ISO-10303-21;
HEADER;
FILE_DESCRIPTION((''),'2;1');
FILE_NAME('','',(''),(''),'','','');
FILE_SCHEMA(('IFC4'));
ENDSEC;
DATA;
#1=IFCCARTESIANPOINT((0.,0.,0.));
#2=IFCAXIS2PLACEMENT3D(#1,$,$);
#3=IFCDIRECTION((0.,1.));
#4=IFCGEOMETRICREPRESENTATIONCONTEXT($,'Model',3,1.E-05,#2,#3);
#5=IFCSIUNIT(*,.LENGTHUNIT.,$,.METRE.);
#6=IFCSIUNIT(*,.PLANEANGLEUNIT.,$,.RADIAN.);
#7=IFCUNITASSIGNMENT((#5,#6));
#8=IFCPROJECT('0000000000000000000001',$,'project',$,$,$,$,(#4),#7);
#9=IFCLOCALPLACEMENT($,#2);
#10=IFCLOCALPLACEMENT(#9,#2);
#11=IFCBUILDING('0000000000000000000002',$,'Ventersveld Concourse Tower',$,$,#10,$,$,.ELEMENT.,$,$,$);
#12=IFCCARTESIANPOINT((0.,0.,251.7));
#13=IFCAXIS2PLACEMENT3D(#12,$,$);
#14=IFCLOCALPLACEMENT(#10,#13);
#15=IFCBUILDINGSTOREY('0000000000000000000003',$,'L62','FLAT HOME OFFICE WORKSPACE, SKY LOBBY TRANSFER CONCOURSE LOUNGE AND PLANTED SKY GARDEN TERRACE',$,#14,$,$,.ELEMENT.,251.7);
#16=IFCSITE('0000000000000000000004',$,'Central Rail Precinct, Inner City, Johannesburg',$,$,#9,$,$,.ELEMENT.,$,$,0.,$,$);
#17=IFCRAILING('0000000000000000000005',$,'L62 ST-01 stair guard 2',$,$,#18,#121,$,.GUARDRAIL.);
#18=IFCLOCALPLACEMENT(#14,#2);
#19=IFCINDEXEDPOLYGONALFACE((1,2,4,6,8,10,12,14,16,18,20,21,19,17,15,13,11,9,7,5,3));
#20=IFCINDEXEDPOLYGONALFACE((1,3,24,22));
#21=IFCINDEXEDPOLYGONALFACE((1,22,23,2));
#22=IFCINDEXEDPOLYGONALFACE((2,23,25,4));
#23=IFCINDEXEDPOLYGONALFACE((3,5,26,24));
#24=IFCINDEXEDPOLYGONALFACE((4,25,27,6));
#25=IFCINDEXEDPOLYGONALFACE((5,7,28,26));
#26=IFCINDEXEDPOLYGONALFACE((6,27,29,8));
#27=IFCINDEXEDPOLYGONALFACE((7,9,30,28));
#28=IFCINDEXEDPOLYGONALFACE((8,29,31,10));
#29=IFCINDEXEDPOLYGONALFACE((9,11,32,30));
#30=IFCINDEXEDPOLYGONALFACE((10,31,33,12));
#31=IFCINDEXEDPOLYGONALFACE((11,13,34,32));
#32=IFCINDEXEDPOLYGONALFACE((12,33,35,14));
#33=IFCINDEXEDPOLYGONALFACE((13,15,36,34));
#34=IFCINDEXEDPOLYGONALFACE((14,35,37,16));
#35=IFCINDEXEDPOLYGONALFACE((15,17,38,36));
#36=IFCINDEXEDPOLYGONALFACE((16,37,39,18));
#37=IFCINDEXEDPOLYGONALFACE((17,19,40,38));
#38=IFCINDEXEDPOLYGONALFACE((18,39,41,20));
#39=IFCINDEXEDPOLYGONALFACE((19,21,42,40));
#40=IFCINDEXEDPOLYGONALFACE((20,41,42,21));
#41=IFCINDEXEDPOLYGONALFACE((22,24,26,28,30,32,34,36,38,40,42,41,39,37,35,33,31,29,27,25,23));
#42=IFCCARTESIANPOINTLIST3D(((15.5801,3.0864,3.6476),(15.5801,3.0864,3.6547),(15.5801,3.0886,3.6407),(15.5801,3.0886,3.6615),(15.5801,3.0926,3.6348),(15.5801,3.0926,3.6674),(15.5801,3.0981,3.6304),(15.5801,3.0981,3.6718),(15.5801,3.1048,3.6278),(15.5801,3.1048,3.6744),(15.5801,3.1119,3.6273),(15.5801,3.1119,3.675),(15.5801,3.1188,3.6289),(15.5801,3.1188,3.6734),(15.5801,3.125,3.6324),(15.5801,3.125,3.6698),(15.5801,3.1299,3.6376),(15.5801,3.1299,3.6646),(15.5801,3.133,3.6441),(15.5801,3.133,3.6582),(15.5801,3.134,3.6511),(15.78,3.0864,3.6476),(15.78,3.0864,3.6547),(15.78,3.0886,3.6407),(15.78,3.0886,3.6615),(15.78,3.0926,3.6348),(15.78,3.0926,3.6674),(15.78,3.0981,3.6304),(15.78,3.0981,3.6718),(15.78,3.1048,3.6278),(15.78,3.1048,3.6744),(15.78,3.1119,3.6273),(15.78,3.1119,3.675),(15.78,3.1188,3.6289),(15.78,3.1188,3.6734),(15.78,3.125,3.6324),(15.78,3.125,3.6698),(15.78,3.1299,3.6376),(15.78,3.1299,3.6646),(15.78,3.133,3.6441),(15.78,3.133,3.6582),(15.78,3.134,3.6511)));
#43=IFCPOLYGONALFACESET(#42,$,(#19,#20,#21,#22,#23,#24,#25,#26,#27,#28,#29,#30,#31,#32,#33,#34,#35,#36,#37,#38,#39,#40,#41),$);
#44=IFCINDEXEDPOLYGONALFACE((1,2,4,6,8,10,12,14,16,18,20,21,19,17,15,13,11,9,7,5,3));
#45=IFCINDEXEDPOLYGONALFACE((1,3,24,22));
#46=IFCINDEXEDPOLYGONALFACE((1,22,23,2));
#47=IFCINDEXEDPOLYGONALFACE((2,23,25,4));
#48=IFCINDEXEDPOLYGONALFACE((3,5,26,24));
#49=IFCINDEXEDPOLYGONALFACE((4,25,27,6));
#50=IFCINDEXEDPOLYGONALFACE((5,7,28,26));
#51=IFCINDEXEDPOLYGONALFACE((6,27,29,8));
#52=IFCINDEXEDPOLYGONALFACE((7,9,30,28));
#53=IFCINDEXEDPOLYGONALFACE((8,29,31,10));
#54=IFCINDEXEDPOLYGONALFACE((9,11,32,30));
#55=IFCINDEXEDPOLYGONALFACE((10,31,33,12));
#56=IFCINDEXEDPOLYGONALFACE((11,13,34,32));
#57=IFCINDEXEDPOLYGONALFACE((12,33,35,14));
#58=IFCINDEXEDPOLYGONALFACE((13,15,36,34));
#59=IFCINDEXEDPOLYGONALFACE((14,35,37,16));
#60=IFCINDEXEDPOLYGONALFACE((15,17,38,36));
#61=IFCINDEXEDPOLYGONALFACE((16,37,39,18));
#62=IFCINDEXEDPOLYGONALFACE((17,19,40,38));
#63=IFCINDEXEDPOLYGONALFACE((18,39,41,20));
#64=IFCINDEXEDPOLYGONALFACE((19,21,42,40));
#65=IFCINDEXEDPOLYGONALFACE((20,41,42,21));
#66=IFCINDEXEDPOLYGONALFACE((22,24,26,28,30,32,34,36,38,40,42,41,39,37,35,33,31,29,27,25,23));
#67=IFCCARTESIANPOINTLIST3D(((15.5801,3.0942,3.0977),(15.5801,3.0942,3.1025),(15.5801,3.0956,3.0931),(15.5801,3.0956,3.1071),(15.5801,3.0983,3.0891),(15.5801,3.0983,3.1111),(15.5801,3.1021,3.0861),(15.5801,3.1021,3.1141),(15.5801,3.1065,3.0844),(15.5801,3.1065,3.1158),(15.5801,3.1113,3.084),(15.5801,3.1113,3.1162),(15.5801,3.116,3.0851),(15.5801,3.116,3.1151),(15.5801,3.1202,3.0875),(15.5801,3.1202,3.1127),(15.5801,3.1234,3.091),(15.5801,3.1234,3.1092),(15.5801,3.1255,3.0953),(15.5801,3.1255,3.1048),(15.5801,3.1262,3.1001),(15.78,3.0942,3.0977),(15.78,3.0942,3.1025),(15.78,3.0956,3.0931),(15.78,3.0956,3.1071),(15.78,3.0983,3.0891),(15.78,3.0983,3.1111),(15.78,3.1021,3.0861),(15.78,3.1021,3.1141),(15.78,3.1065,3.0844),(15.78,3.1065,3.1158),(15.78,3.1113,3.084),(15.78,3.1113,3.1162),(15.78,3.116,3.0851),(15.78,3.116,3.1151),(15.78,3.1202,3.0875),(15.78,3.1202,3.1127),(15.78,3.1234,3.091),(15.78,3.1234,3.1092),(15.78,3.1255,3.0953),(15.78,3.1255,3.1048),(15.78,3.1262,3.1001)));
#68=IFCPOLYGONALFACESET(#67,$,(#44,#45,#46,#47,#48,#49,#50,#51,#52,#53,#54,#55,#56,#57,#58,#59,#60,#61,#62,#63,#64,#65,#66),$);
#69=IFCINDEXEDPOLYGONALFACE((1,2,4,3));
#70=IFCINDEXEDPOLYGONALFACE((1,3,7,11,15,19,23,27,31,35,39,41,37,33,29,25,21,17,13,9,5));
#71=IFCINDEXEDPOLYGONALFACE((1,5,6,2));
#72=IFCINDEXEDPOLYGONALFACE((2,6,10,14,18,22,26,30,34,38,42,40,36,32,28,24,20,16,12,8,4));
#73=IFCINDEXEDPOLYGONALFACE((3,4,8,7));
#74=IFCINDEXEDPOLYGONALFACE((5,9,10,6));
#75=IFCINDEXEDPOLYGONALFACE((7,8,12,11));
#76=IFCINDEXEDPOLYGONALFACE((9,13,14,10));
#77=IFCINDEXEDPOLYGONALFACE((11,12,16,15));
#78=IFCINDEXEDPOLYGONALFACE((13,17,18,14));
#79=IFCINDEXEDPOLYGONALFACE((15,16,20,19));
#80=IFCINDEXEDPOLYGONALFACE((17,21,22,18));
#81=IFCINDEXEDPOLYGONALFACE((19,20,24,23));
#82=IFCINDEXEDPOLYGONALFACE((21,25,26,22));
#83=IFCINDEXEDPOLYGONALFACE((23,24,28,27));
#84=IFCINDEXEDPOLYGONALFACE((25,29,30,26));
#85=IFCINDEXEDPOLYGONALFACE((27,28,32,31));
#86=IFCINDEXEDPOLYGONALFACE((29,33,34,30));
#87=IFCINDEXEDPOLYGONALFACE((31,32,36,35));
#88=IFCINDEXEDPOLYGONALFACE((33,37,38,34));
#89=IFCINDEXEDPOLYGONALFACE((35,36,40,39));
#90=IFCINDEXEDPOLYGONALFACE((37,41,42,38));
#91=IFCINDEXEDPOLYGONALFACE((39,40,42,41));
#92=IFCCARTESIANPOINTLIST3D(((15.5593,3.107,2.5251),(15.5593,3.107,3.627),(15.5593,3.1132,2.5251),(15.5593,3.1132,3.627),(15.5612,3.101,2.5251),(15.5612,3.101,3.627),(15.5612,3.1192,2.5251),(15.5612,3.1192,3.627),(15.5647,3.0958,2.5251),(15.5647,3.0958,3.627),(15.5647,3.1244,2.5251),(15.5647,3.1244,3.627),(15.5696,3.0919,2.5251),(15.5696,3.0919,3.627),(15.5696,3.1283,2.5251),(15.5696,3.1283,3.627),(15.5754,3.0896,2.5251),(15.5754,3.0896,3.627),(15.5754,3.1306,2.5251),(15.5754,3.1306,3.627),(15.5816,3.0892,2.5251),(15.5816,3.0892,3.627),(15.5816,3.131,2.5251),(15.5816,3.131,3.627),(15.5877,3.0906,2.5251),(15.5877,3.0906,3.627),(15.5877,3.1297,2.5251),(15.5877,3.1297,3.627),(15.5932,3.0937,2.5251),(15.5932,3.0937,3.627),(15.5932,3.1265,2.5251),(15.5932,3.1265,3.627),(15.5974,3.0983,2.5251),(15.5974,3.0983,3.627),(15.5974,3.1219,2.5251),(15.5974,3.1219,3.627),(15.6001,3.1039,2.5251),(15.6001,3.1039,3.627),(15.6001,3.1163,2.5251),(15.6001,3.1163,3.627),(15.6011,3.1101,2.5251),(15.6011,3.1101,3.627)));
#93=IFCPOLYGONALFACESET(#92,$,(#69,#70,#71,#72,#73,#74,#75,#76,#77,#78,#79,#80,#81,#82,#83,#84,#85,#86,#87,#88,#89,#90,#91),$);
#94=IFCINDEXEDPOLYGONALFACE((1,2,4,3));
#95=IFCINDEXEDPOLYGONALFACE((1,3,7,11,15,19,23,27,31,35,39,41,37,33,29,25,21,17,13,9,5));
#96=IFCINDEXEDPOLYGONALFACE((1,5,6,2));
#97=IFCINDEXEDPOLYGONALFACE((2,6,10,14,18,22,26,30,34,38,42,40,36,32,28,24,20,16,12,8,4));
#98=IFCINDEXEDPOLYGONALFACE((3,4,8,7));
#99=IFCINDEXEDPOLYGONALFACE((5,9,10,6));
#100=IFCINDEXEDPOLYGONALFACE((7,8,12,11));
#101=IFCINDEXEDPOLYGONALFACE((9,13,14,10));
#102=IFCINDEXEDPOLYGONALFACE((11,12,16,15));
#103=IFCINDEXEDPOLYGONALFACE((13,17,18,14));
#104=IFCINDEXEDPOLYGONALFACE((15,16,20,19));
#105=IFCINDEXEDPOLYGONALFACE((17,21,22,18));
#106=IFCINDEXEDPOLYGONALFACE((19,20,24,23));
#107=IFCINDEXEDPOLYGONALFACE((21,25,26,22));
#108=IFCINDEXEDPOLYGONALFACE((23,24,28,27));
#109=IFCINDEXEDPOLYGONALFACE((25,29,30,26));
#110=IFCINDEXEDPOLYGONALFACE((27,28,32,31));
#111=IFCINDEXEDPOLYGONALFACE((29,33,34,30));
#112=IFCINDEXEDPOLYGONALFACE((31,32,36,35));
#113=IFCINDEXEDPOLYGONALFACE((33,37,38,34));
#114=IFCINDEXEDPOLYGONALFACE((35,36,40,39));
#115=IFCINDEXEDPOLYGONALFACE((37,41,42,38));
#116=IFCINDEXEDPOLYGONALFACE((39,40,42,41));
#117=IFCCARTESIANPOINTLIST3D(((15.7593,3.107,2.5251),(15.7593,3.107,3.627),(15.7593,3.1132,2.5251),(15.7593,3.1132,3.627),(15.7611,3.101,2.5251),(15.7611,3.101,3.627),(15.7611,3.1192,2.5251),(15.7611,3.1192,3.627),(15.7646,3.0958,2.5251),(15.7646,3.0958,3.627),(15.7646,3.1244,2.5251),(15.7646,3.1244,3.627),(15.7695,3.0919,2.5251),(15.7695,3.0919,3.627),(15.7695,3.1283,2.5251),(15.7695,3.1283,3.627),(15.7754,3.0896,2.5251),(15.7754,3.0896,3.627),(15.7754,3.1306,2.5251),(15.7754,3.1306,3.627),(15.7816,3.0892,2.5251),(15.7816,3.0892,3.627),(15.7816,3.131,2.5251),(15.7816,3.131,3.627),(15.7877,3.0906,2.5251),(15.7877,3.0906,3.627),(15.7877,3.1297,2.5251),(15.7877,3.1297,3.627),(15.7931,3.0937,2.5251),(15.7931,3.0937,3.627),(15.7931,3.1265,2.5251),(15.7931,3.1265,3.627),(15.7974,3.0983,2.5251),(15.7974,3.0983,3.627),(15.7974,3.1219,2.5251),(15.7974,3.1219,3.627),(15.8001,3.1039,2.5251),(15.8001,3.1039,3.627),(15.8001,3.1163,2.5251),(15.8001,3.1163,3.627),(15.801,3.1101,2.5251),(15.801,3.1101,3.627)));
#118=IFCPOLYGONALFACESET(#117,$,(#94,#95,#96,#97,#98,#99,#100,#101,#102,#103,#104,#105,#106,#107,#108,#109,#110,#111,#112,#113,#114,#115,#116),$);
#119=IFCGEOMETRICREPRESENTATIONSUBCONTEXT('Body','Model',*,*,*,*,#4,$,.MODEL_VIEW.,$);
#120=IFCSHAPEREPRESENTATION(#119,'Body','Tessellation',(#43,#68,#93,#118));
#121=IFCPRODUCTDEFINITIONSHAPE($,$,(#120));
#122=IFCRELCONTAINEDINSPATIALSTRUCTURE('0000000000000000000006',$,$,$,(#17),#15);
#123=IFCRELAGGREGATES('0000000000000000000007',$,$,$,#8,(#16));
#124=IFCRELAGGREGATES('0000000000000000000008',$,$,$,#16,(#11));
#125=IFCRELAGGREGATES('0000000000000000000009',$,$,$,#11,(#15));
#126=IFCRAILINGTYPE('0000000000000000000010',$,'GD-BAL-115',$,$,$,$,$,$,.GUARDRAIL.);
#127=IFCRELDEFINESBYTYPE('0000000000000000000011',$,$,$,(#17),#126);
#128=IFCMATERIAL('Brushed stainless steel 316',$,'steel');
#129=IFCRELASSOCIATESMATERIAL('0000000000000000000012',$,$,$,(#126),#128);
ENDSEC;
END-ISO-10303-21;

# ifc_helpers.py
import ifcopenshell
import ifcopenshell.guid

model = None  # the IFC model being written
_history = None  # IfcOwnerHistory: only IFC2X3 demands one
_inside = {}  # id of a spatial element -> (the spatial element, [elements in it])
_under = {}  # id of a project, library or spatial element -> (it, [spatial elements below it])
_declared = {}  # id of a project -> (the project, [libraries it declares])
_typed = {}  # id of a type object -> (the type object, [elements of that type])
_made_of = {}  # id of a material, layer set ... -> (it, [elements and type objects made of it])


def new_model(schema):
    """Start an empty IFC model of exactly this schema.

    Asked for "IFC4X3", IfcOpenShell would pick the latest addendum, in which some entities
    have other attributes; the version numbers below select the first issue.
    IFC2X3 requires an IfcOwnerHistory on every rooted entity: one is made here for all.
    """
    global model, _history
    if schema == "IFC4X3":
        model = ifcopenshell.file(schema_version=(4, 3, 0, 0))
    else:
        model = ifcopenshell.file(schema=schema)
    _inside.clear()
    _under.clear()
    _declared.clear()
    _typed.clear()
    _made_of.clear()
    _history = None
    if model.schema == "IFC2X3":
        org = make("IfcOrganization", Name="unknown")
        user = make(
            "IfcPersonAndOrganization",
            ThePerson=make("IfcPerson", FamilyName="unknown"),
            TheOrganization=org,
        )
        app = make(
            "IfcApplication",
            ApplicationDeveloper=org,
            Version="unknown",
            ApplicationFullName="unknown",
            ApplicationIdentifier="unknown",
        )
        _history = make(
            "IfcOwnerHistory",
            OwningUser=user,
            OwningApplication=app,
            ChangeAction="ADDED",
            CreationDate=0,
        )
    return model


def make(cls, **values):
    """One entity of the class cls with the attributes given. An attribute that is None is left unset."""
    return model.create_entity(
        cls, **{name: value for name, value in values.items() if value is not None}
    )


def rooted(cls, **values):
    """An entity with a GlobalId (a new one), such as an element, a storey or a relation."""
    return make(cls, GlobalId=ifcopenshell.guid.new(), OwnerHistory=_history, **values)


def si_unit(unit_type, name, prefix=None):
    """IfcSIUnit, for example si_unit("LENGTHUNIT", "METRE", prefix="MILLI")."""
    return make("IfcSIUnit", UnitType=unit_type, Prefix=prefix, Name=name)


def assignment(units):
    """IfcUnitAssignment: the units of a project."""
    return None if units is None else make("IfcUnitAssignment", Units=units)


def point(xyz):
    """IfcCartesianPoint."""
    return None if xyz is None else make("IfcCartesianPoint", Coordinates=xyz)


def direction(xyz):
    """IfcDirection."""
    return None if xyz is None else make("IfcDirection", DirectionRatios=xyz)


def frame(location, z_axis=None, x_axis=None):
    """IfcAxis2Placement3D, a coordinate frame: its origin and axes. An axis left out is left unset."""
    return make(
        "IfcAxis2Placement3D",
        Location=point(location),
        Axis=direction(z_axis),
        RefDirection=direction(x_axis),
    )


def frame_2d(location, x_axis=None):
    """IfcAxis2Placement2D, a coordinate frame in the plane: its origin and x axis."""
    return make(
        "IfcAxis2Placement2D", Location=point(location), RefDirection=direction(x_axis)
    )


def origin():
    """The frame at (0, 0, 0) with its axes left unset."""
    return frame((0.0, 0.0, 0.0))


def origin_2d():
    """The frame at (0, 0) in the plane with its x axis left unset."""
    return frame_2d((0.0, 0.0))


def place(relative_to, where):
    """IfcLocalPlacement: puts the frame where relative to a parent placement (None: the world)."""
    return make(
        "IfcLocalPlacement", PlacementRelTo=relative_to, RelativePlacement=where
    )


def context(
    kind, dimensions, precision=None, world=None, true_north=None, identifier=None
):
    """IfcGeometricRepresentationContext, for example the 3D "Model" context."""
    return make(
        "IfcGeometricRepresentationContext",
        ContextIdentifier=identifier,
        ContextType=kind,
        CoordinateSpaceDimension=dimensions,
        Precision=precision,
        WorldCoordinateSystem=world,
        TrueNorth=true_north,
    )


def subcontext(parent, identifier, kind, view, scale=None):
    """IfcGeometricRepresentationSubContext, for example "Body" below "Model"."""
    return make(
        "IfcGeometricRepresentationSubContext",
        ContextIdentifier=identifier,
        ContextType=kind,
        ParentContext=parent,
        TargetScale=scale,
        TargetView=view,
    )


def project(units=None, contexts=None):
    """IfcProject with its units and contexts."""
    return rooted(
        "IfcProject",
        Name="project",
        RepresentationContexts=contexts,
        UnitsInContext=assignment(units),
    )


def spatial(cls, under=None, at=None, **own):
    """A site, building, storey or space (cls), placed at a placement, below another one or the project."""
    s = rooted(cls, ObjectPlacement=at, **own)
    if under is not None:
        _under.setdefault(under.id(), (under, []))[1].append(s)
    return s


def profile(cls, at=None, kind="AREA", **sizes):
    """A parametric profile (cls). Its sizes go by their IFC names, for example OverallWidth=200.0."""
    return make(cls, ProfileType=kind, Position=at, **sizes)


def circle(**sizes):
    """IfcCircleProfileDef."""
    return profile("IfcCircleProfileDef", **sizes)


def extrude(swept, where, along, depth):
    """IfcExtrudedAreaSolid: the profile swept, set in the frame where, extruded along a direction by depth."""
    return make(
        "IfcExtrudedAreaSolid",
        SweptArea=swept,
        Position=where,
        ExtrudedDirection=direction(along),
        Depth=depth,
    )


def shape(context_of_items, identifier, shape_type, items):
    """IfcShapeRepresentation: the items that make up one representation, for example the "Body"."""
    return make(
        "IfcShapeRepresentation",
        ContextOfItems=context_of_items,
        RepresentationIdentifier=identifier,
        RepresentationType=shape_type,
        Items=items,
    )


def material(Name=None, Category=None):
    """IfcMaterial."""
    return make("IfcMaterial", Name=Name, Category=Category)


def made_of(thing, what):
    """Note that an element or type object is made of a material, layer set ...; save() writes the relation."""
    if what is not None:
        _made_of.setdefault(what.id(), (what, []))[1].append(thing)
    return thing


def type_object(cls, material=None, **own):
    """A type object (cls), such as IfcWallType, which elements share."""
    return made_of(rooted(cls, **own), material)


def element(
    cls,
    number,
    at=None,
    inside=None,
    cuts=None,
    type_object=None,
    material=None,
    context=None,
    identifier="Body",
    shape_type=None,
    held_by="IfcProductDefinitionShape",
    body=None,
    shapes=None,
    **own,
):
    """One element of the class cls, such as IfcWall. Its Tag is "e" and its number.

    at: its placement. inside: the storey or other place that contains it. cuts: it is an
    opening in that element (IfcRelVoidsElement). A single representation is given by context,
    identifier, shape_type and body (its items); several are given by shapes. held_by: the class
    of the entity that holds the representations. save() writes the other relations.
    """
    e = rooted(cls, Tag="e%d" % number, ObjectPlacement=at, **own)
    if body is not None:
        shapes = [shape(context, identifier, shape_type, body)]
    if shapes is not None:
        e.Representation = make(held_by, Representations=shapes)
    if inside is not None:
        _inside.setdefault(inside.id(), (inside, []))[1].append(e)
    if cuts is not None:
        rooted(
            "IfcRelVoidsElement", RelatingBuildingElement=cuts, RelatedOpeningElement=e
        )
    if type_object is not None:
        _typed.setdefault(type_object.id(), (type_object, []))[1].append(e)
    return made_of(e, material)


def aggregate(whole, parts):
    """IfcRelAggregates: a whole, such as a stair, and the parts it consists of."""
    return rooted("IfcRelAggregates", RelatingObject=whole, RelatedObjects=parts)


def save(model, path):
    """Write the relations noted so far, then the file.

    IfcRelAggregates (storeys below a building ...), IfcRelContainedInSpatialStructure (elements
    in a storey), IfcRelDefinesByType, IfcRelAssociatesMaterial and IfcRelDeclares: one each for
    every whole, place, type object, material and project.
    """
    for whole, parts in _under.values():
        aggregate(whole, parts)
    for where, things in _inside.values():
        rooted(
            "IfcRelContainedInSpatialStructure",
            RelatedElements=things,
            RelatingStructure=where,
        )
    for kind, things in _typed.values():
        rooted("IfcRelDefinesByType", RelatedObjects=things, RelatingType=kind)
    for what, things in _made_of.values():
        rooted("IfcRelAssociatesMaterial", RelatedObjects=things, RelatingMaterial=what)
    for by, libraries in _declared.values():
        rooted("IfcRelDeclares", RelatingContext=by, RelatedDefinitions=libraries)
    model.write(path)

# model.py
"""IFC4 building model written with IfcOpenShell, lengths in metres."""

from ifc_helpers import new_model, si_unit, direction, frame, origin, origin_2d, place, context, subcontext, project, spatial, circle, extrude, material, type_object, element, save


model = new_model("IFC4")

# Units and contexts
model_context = context("Model", 3, precision=1e-05, world=origin(), true_north=direction((0.0, 1.0)))
body_context = subcontext(model_context, "Body", "Model", "MODEL_VIEW")
ifc_project = project(units=[si_unit("LENGTHUNIT", "METRE"), si_unit("PLANEANGLEUNIT", "RADIAN")], contexts=[model_context])

# Site, building, storey
site_placement = place(None, origin())
site = spatial("IfcSite", under=ifc_project, at=site_placement, Name="Central Rail Precinct, Inner City, Johannesburg", CompositionType="ELEMENT", RefElevation=0.0)
building_placement = place(site_placement, origin())
building = spatial("IfcBuilding", under=site, at=building_placement, Name="Ventersveld Concourse Tower", CompositionType="ELEMENT")
storey_placement = place(building_placement, frame((0.0, 0.0, 251.7)))
storey = spatial("IfcBuildingStorey", under=building, at=storey_placement, Name="L62", Description="FLAT HOME OFFICE WORKSPACE, SKY LOBBY TRANSFER CONCOURSE LOUNGE AND PLANTED SKY GARDEN TERRACE", CompositionType="ELEMENT", Elevation=251.7)

# Railing
ifc_material_1 = material(Name="Brushed stainless steel 316", Category="steel")
railing_type_1 = type_object("IfcRailingType", Name="GD-BAL-115", PredefinedType="GUARDRAIL", material=ifc_material_1)
railing_1_placement = place(storey_placement, frame((15.5801, 3.1101, 2.5251)))
element("IfcRailing", 1, at=railing_1_placement, inside=storey, type_object=railing_type_1, Name="L62 ST-01 stair guard 2", PredefinedType="GUARDRAIL", context=body_context, shape_type="SweptSolid", body=[
    extrude(circle(Radius=0.0239, at=origin_2d()), frame((0.0, 0.0, 1.126), z_axis=(1.0, 0.0, 0.0), x_axis=(0.0, 1.0, 0.0)), (0.0, 0.0, 1.0), 0.2),
    extrude(circle(Radius=0.0161, at=origin_2d()), frame((0.0, 0.0, 0.575), z_axis=(1.0, 0.0, 0.0), x_axis=(0.0, 1.0, 0.0)), (0.0, 0.0, 1.0), 0.2),
    extrude(circle(Radius=0.021, at=origin_2d()), origin(), (0.0, 0.0, 1.0), 1.1018),
    extrude(circle(Radius=0.021, at=origin_2d()), frame((0.2, 0.0, 0.0)), (0.0, 0.0, 1.0), 1.1018),
])

save(model, "model.ifc")
